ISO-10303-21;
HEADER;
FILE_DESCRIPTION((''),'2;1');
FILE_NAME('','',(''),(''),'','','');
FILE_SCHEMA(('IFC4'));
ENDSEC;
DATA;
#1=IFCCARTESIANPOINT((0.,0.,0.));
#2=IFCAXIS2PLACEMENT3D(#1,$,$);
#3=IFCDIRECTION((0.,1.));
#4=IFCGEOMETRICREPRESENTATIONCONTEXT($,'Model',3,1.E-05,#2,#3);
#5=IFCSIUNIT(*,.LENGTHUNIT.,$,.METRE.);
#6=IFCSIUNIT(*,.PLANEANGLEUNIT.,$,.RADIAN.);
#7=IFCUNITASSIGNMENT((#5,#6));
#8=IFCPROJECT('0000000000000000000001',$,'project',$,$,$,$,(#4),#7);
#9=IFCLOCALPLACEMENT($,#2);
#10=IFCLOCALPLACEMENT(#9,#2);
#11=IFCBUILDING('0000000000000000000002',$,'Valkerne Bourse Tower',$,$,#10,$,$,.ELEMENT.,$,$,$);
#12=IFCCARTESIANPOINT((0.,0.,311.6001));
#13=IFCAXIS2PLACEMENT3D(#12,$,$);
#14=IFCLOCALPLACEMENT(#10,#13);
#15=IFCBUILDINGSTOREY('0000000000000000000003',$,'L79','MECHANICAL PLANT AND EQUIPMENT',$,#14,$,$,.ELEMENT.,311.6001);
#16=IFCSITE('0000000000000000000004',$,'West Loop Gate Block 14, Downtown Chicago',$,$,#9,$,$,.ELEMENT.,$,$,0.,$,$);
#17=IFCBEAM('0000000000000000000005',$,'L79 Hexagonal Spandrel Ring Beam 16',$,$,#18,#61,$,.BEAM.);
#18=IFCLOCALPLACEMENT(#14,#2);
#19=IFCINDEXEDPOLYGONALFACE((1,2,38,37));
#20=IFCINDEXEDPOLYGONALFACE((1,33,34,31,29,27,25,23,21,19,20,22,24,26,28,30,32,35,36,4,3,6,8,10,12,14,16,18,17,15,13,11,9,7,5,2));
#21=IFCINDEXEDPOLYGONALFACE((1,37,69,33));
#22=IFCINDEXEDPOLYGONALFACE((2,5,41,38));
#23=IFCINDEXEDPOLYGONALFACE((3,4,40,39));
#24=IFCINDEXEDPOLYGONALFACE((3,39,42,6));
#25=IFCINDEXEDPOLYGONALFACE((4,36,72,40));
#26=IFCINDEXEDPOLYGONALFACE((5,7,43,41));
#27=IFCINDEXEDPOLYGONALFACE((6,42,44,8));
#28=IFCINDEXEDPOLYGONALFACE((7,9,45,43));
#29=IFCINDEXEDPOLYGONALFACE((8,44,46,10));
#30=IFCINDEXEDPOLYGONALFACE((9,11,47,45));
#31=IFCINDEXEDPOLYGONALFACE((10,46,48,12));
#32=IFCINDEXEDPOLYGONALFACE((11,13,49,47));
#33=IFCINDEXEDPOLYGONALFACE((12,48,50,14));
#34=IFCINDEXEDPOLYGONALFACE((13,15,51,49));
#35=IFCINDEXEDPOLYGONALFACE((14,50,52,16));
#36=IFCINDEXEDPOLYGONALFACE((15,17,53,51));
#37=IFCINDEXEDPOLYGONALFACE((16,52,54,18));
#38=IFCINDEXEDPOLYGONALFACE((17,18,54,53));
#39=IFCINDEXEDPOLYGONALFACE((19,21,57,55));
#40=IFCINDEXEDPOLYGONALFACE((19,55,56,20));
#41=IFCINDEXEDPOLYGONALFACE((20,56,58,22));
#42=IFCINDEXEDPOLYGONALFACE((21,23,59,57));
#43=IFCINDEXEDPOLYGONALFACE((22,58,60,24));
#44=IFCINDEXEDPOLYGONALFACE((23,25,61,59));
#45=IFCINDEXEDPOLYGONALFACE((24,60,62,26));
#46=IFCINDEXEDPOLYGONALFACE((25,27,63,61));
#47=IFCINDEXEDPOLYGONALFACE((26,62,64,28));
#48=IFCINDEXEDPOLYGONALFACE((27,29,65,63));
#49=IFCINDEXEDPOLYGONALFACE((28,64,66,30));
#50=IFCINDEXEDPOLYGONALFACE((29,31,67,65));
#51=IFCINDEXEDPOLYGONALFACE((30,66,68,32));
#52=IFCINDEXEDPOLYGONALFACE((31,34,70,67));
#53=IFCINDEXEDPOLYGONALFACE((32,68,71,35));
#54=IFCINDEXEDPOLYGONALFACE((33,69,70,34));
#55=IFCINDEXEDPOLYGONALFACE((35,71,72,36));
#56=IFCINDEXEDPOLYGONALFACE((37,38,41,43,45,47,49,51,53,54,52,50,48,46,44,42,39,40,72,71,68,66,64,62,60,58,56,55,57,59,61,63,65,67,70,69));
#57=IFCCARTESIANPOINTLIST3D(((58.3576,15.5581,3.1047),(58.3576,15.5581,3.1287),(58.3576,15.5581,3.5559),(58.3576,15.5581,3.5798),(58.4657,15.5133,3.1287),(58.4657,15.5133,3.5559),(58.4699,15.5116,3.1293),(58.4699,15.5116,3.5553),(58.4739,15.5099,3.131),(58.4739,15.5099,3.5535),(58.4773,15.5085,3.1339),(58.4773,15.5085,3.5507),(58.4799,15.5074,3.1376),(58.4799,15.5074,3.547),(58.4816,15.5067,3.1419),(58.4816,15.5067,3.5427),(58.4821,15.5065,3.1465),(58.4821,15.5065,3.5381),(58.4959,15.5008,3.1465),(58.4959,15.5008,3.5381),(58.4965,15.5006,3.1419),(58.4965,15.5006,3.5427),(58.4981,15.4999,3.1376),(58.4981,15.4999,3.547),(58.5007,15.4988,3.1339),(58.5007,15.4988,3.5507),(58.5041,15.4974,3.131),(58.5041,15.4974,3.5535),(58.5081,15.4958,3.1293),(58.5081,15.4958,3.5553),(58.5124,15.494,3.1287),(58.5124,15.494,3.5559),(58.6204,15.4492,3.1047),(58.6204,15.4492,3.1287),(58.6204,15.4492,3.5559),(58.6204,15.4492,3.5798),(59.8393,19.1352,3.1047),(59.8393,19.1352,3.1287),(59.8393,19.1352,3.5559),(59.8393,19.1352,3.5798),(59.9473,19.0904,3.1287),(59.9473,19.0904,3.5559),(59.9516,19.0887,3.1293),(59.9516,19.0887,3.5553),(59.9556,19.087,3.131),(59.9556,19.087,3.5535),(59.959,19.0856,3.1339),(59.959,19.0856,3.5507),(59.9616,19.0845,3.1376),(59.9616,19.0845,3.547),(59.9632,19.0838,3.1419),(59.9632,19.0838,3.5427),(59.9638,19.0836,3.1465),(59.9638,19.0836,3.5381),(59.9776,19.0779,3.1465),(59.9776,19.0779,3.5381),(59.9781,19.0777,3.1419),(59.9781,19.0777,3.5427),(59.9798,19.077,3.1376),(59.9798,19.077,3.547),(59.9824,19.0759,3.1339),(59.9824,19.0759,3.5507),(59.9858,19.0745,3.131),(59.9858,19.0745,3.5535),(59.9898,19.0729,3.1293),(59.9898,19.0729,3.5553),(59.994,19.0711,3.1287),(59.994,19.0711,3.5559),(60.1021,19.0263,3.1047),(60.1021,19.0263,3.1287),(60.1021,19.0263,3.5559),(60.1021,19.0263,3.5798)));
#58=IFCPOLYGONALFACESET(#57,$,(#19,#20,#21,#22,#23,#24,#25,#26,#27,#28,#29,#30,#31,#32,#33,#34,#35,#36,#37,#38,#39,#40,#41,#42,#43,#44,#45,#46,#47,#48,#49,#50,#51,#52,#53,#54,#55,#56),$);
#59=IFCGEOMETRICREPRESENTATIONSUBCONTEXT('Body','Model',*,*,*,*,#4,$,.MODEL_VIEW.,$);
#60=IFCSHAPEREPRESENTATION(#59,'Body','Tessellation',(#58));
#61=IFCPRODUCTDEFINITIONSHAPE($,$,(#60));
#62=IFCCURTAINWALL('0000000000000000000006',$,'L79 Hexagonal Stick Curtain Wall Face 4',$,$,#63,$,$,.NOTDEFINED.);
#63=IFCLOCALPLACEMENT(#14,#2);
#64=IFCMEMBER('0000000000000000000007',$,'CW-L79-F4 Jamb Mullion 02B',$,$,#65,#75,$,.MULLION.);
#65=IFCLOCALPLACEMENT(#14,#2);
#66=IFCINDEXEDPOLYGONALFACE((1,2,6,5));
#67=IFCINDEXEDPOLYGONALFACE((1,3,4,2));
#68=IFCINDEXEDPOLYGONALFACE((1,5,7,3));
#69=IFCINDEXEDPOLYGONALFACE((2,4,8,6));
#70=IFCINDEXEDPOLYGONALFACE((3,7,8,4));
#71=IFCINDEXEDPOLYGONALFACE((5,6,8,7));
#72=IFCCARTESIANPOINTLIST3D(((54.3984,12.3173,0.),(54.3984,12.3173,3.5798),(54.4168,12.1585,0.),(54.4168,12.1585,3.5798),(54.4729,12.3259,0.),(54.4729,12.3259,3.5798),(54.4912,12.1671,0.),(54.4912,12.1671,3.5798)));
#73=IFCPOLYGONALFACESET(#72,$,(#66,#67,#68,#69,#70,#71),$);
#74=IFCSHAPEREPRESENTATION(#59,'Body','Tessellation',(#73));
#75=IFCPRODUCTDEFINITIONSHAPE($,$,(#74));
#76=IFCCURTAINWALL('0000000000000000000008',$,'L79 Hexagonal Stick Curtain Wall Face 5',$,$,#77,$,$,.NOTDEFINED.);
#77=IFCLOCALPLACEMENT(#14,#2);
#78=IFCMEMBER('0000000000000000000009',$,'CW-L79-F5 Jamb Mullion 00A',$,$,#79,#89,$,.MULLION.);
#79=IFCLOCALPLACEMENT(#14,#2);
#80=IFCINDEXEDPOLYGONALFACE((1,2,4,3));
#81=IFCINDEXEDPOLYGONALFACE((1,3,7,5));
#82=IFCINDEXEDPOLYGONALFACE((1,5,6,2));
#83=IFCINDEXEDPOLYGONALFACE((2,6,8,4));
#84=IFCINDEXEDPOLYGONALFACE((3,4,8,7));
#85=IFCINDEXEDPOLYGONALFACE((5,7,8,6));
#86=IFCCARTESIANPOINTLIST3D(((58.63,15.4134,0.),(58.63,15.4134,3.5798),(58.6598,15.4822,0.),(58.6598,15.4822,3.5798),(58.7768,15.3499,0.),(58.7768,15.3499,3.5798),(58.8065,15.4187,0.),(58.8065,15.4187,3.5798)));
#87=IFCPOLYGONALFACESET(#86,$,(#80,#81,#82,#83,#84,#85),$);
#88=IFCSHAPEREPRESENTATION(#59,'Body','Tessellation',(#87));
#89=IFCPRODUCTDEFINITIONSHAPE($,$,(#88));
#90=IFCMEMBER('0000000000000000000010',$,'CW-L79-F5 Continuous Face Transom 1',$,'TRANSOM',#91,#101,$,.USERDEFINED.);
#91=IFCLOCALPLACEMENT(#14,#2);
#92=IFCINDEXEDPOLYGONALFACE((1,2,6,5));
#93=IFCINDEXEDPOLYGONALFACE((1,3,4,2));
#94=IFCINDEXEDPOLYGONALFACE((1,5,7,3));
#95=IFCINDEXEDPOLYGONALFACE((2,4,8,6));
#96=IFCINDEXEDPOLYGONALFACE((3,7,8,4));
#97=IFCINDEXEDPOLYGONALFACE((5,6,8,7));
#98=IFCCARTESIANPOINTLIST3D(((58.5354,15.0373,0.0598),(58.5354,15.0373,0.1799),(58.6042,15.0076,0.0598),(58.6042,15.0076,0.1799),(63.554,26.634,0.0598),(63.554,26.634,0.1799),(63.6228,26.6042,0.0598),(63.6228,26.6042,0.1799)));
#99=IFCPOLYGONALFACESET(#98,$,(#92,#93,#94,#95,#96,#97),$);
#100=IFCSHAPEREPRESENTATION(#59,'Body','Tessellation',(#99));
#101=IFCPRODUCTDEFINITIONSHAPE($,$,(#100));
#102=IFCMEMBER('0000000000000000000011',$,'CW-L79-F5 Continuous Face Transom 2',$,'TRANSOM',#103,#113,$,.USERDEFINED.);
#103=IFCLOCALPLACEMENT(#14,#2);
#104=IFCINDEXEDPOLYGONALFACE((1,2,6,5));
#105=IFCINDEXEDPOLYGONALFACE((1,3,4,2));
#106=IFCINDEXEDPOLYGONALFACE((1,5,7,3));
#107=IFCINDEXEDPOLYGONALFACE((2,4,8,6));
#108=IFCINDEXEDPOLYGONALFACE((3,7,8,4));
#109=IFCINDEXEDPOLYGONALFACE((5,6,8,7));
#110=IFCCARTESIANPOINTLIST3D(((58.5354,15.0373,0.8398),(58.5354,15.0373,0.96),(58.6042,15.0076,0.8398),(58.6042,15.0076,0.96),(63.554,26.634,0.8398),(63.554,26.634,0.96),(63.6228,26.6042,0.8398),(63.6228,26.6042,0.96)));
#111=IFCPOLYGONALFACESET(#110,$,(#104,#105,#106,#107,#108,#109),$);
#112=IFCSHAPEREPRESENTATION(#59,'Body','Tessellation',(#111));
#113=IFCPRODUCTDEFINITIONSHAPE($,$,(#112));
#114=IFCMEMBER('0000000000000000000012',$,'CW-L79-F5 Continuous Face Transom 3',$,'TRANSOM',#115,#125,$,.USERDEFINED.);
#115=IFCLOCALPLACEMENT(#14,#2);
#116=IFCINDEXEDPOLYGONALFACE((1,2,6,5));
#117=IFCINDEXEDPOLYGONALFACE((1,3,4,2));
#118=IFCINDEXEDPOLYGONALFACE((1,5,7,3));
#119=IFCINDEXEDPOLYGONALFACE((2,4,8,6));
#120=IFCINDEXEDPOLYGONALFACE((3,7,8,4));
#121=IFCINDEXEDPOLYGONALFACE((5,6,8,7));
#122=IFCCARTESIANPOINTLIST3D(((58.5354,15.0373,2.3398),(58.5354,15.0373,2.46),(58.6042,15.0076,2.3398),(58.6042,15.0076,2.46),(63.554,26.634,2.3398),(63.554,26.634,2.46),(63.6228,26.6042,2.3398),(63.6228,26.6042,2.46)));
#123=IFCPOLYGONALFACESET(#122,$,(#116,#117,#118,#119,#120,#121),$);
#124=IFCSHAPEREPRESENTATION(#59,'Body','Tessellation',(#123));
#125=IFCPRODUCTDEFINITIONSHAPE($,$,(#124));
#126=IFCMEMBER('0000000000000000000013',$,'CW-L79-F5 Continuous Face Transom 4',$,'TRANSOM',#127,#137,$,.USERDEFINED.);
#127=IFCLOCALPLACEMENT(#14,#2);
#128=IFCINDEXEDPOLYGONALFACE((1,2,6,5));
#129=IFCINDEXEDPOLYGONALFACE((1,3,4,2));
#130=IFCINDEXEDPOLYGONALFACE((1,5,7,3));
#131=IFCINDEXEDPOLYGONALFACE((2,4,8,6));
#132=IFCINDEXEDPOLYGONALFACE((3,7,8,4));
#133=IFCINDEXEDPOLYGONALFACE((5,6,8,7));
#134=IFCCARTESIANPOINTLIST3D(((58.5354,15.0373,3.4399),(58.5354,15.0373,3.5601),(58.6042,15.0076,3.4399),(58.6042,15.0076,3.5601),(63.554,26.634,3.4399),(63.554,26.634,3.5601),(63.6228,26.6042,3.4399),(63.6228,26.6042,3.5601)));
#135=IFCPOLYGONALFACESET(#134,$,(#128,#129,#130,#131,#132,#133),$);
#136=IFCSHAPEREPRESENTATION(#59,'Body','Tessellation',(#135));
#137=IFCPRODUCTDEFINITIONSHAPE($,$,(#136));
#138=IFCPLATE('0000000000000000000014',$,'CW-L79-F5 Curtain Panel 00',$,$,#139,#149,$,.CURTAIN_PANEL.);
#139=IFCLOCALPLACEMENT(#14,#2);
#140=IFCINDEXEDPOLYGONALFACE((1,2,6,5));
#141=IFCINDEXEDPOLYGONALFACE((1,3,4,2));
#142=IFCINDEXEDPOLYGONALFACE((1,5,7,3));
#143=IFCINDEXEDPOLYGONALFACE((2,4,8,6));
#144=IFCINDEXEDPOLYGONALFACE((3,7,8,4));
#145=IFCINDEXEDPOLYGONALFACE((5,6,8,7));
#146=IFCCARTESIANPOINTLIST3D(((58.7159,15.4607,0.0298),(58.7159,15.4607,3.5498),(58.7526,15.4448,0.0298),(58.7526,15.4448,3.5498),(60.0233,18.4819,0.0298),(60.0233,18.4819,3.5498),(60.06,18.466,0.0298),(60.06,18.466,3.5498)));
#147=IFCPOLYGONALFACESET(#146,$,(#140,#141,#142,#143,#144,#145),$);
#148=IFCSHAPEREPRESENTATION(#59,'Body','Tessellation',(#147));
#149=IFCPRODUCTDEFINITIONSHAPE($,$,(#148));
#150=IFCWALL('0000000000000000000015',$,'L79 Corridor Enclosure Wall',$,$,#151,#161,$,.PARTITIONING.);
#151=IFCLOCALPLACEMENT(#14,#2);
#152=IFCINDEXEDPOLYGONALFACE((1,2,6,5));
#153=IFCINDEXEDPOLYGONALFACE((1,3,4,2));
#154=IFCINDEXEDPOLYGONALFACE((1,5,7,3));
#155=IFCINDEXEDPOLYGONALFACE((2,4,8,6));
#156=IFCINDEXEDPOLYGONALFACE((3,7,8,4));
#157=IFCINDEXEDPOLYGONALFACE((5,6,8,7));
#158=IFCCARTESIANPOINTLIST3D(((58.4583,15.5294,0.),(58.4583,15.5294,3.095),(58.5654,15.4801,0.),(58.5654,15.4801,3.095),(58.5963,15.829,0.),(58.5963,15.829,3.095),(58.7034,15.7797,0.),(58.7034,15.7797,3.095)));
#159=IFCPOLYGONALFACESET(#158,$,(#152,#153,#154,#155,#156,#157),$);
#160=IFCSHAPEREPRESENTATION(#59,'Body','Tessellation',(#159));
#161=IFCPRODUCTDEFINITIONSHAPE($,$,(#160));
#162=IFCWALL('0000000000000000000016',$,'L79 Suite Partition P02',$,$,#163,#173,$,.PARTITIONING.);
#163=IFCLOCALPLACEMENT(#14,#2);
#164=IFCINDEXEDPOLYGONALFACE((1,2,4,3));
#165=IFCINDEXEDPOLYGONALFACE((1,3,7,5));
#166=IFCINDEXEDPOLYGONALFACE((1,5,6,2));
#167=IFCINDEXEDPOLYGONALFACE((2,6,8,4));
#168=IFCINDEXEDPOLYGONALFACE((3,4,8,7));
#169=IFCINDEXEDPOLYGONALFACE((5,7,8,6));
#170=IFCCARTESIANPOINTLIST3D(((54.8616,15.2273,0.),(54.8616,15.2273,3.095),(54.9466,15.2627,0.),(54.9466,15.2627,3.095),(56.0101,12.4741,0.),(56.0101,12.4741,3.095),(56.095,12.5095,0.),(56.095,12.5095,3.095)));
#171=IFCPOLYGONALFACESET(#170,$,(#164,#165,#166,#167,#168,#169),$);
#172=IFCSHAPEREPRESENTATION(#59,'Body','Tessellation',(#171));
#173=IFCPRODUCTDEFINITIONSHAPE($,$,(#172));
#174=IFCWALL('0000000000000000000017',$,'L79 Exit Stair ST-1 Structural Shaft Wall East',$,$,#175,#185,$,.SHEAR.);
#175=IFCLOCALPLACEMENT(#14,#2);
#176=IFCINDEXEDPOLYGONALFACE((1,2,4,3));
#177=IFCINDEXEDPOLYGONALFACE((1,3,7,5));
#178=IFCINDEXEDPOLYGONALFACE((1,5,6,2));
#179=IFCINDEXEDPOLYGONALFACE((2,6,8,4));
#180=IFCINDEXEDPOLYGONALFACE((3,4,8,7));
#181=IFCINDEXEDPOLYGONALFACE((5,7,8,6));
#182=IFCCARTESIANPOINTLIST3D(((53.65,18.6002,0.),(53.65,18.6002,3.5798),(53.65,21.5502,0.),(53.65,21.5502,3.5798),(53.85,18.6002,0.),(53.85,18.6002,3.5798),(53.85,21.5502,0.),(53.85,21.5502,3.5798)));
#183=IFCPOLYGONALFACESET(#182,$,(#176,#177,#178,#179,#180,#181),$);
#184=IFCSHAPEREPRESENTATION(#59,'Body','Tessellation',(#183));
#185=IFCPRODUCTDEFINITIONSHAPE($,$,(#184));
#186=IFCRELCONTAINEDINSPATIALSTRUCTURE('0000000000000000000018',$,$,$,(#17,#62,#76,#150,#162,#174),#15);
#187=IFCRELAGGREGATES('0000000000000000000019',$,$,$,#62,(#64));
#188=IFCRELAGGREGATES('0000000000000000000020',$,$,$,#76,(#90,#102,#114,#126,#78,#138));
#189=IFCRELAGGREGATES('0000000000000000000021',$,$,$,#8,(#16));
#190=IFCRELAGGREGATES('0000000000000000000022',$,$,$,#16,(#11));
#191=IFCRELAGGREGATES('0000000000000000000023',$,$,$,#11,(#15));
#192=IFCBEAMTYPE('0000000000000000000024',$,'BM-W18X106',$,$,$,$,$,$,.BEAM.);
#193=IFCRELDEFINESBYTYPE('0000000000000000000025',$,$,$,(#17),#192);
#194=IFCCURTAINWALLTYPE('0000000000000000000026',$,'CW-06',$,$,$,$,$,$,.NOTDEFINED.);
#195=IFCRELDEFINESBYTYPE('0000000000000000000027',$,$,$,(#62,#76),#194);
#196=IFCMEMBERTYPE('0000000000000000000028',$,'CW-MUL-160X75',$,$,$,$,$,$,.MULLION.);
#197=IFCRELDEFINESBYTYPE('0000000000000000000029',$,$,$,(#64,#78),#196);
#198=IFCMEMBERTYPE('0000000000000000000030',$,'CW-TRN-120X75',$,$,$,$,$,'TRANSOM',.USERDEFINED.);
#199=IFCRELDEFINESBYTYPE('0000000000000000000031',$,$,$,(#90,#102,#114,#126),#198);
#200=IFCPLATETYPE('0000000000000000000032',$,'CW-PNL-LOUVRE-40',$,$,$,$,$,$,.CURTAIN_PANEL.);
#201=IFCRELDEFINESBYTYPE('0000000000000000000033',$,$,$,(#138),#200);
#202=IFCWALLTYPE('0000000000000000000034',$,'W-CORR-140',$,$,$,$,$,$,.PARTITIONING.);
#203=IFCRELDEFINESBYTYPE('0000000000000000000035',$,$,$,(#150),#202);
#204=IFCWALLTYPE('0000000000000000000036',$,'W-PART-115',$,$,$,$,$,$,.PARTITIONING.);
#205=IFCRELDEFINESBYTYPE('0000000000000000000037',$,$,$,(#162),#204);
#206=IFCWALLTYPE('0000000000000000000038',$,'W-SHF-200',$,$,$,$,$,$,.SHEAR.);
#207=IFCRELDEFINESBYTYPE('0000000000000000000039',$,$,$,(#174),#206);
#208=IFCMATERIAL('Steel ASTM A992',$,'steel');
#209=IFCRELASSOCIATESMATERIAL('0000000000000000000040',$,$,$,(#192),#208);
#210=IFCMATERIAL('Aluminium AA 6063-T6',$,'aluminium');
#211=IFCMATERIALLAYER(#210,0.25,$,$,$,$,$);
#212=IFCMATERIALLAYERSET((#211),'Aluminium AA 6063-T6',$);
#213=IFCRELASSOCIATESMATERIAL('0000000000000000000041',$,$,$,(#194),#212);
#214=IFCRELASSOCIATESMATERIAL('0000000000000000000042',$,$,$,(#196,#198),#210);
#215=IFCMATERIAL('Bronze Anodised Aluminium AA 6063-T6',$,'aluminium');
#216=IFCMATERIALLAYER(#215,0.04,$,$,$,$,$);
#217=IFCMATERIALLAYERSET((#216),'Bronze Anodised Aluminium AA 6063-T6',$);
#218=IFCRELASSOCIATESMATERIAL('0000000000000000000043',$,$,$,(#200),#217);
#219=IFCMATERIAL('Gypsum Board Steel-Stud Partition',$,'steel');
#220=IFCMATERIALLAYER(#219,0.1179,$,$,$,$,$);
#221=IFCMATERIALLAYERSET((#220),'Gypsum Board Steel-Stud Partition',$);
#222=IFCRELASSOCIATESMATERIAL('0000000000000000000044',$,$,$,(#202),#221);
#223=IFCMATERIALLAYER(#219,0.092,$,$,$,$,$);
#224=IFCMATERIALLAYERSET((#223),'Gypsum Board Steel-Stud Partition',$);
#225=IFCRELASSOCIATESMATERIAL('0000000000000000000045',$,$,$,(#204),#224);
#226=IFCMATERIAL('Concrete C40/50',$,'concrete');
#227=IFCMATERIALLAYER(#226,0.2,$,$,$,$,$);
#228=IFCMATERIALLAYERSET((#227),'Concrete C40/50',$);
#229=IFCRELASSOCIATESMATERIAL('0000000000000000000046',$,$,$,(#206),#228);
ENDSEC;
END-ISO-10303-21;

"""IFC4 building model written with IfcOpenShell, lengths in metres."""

from ifc_helpers import new_model, si_unit, direction, frame, frame_2d, origin, origin_2d, place, context, subcontext, project, spatial, rectangle, i_section, extrude, material, layer, layer_set, material_profile, profile_set, type_object, element, aggregate, save


model = new_model("IFC4")

# Units and contexts
model_context = context("Model", 3, precision=1e-05, world=origin(), true_north=direction((0.0, 1.0)))
body_context = subcontext(model_context, "Body", "Model", "MODEL_VIEW")
ifc_project = project(units=[si_unit("LENGTHUNIT", "METRE"), si_unit("PLANEANGLEUNIT", "RADIAN")], contexts=[model_context])

# Site, building, storey
site_placement = place(None, origin())
site = spatial("IfcSite", under=ifc_project, at=site_placement, Name="West Loop Gate Block 14, Downtown Chicago", CompositionType="ELEMENT", RefElevation=0.0)
building_placement = place(site_placement, origin())
building = spatial("IfcBuilding", under=site, at=building_placement, Name="Valkerne Bourse Tower", CompositionType="ELEMENT")
storey_placement = place(building_placement, frame((0.0, 0.0, 311.6001)))
storey = spatial("IfcBuildingStorey", under=building, at=storey_placement, Name="L79", Description="MECHANICAL PLANT AND EQUIPMENT", CompositionType="ELEMENT", Elevation=311.6001)

# Beam
ifc_material_1 = material(Name="Steel ASTM A992", Category="steel")
ifc_material_profile_1 = material_profile(ifc_material_1, i_section(OverallWidth=0.2844, OverallDepth=0.4751, WebThickness=0.0149, FlangeThickness=0.0239, FilletRadius=0.0178, at=origin_2d()), Name="W18X106")
ifc_profile_set_1 = profile_set([ifc_material_profile_1], Name="Steel ASTM A992")
beam_type = type_object("IfcBeamType", Name="BM-W18X106", PredefinedType="BEAM", material=ifc_profile_set_1)
beam_1_placement = place(storey_placement, frame((58.489, 15.5037, 3.3423), z_axis=(0.38268, 0.923881, 0.0), x_axis=(-0.923881, 0.38268, 0.0)))
element("IfcBeam", 1, at=beam_1_placement, inside=storey, type_object=beam_type, Name="L79 Hexagonal Spandrel Ring Beam 16", PredefinedType="BEAM", context=body_context, shape_type="SweptSolid", body=[
    extrude(i_section(OverallWidth=0.2844, OverallDepth=0.4751, WebThickness=0.0149, FlangeThickness=0.0239, FilletRadius=0.0178, at=origin_2d()), origin(), (0.0, 0.0, 1.0), 3.8718),
])

# Curtain wall, member
ifc_material_2 = material(Name="Aluminium AA 6063-T6", Category="aluminium")
ifc_layer_1 = layer(ifc_material_2, 0.25)
ifc_layer_set_1 = layer_set([ifc_layer_1], Name="Aluminium AA 6063-T6")
curtain_wall_type = type_object("IfcCurtainWallType", Name="CW-06", PredefinedType="NOTDEFINED", material=ifc_layer_set_1)
curtain_wall_1_placement = place(storey_placement, origin())
curtain_wall_1 = element("IfcCurtainWall", 2, at=curtain_wall_1_placement, inside=storey, type_object=curtain_wall_type, Name="L79 Hexagonal Stick Curtain Wall Face 4", PredefinedType="NOTDEFINED")
ifc_material_profile_2 = material_profile(ifc_material_2, rectangle(XDim=0.075, YDim=0.1599, at=origin_2d()), Name="CWM-75X160")
ifc_profile_set_2 = profile_set([ifc_material_profile_2], Name="Aluminium AA 6063-T6")
member_type_1 = type_object("IfcMemberType", Name="CW-MUL-160X75", PredefinedType="MULLION", material=ifc_profile_set_2)
member_1_placement = place(storey_placement, frame((54.4448, 12.2422, 0.0), z_axis=(0.0, 0.0, 1.0), x_axis=(0.993371, 0.114957, 0.0)))
member_1 = element("IfcMember", 3, at=member_1_placement, type_object=member_type_1, Name="CW-L79-F4 Jamb Mullion 02B", PredefinedType="MULLION", context=body_context, shape_type="SweptSolid", body=[
    extrude(rectangle(XDim=0.075, YDim=0.1599, at=origin_2d()), origin(), (0.0, 0.0, 1.0), 3.5798),
])
aggregate(curtain_wall_1, [member_1])

# Curtain wall, members, plate
curtain_wall_2_placement = place(storey_placement, origin())
curtain_wall_2 = element("IfcCurtainWall", 4, at=curtain_wall_2_placement, inside=storey, type_object=curtain_wall_type, Name="L79 Hexagonal Stick Curtain Wall Face 5", PredefinedType="NOTDEFINED")
member_2_placement = place(storey_placement, frame((58.7183, 15.416, 0.0), z_axis=(0.0, 0.0, 1.0), x_axis=(0.397149, 0.917754, 0.0)))
member_2 = element("IfcMember", 5, at=member_2_placement, type_object=member_type_1, Name="CW-L79-F5 Jamb Mullion 00A", PredefinedType="MULLION", context=body_context, shape_type="SweptSolid", body=[
    extrude(rectangle(XDim=0.075, YDim=0.1599, at=origin_2d()), origin(), (0.0, 0.0, 1.0), 3.5798),
])
ifc_material_profile_3 = material_profile(ifc_material_2, rectangle(XDim=0.075, YDim=0.1201, at=origin_2d()), Name="CWT-75X120")
ifc_profile_set_3 = profile_set([ifc_material_profile_3], Name="Aluminium AA 6063-T6")
member_type_2 = type_object("IfcMemberType", Name="CW-TRN-120X75", ElementType="TRANSOM", PredefinedType="USERDEFINED", material=ifc_profile_set_3)
member_3_placement = place(storey_placement, frame((58.5698, 15.0225, 0.1199), z_axis=(0.397163, 0.917748, 0.0), x_axis=(-0.917748, 0.397163, 0.0)))
member_3 = element("IfcMember", 6, at=member_3_placement, type_object=member_type_2, Name="CW-L79-F5 Continuous Face Transom 1", ObjectType="TRANSOM", PredefinedType="USERDEFINED", context=body_context, shape_type="SweptSolid", body=[
    extrude(rectangle(XDim=0.075, YDim=0.1201, at=origin_2d()), origin(), (0.0, 0.0, 1.0), 12.636),
])
member_4_placement = place(storey_placement, frame((58.5698, 15.0225, 0.8999), z_axis=(0.397163, 0.917748, 0.0), x_axis=(-0.917748, 0.397163, 0.0)))
member_4 = element("IfcMember", 7, at=member_4_placement, type_object=member_type_2, Name="CW-L79-F5 Continuous Face Transom 2", ObjectType="TRANSOM", PredefinedType="USERDEFINED", context=body_context, shape_type="SweptSolid", body=[
    extrude(rectangle(XDim=0.075, YDim=0.1201, at=origin_2d()), origin(), (0.0, 0.0, 1.0), 12.636),
])
member_5_placement = place(storey_placement, frame((58.5698, 15.0225, 2.3999), z_axis=(0.397163, 0.917748, 0.0), x_axis=(-0.917748, 0.397163, 0.0)))
member_5 = element("IfcMember", 8, at=member_5_placement, type_object=member_type_2, Name="CW-L79-F5 Continuous Face Transom 3", ObjectType="TRANSOM", PredefinedType="USERDEFINED", context=body_context, shape_type="SweptSolid", body=[
    extrude(rectangle(XDim=0.075, YDim=0.1201, at=origin_2d()), origin(), (0.0, 0.0, 1.0), 12.636),
])
member_6_placement = place(storey_placement, frame((58.5698, 15.0225, 3.5), z_axis=(0.397163, 0.917748, 0.0), x_axis=(-0.917748, 0.397163, 0.0)))
member_6 = element("IfcMember", 9, at=member_6_placement, type_object=member_type_2, Name="CW-L79-F5 Continuous Face Transom 4", ObjectType="TRANSOM", PredefinedType="USERDEFINED", context=body_context, shape_type="SweptSolid", body=[
    extrude(rectangle(XDim=0.075, YDim=0.1201, at=origin_2d()), origin(), (0.0, 0.0, 1.0), 12.636),
])
ifc_material_3 = material(Name="Bronze Anodised Aluminium AA 6063-T6", Category="aluminium")
ifc_layer_2 = layer(ifc_material_3, 0.04)
ifc_layer_set_2 = layer_set([ifc_layer_2], Name="Bronze Anodised Aluminium AA 6063-T6")
plate_type = type_object("IfcPlateType", Name="CW-PNL-LOUVRE-40", PredefinedType="CURTAIN_PANEL", material=ifc_layer_set_2)
plate_placement = place(storey_placement, frame((59.3879, 16.9634, 0.0298), z_axis=(0.0, 0.0, 1.0), x_axis=(0.397149, 0.917754, 0.0)))
plate = element("IfcPlate", 10, at=plate_placement, type_object=plate_type, Name="CW-L79-F5 Curtain Panel 00", PredefinedType="CURTAIN_PANEL", context=body_context, shape_type="SweptSolid", body=[
    extrude(rectangle(XDim=3.292, YDim=0.04, at=origin_2d()), origin(), (0.0, 0.0, 1.0), 3.52),
])
aggregate(curtain_wall_2, [member_3, member_4, member_5, member_6, member_2, plate])

# Wall
ifc_material_4 = material(Name="Gypsum Board Steel-Stud Partition", Category="steel")
ifc_layer_3 = layer(ifc_material_4, 0.1179)
ifc_layer_set_3 = layer_set([ifc_layer_3], Name="Gypsum Board Steel-Stud Partition")
wall_type_1 = type_object("IfcWallType", Name="W-CORR-140", PredefinedType="PARTITIONING", material=ifc_layer_set_3)
wall_1_placement = place(storey_placement, frame((58.6499, 15.8044, 0.0), z_axis=(0.0, 0.0, 1.0), x_axis=(-0.41826, -0.908327, 0.0)))
element("IfcWall", 11, at=wall_1_placement, inside=storey, type_object=wall_type_1, Name="L79 Corridor Enclosure Wall", PredefinedType="PARTITIONING", context=body_context, shape_type="SweptSolid", body=[
    extrude(rectangle(XDim=0.3298, YDim=0.1179, at=frame_2d((0.165, 0.0))), origin(), (0.0, 0.0, 1.0), 3.095),
])

# Walls
ifc_layer_4 = layer(ifc_material_4, 0.092)
ifc_layer_set_4 = layer_set([ifc_layer_4], Name="Gypsum Board Steel-Stud Partition")
wall_type_2 = type_object("IfcWallType", Name="W-PART-115", PredefinedType="PARTITIONING", material=ifc_layer_set_4)
wall_2_placement = place(storey_placement, frame((54.9041, 15.2451, 0.0), z_axis=(0.0, 0.0, 1.0), x_axis=(0.384981, -0.922924, 0.0)))
element("IfcWall", 12, at=wall_2_placement, inside=storey, type_object=wall_type_2, Name="L79 Suite Partition P02", PredefinedType="PARTITIONING", context=body_context, shape_type="SweptSolid", body=[
    extrude(rectangle(XDim=2.9832, YDim=0.092, at=frame_2d((1.4917, 0.0))), origin(), (0.0, 0.0, 1.0), 3.095),
])
ifc_material_5 = material(Name="Concrete C40/50", Category="concrete")
ifc_layer_5 = layer(ifc_material_5, 0.2)
ifc_layer_set_5 = layer_set([ifc_layer_5], Name="Concrete C40/50")
wall_type_3 = type_object("IfcWallType", Name="W-SHF-200", PredefinedType="SHEAR", material=ifc_layer_set_5)
wall_3_placement = place(storey_placement, frame((53.75, 18.6001, 0.0), z_axis=(0.0, 0.0, 1.0), x_axis=(0.0, 1.0, 0.0)))
element("IfcWall", 13, at=wall_3_placement, inside=storey, type_object=wall_type_3, Name="L79 Exit Stair ST-1 Structural Shaft Wall East", PredefinedType="SHEAR", context=body_context, shape_type="SweptSolid", body=[
    extrude(rectangle(XDim=2.95, YDim=0.2, at=frame_2d((1.4751, 0.0))), origin(), (0.0, 0.0, 1.0), 3.5798),
])

save(model, "model.ifc")
